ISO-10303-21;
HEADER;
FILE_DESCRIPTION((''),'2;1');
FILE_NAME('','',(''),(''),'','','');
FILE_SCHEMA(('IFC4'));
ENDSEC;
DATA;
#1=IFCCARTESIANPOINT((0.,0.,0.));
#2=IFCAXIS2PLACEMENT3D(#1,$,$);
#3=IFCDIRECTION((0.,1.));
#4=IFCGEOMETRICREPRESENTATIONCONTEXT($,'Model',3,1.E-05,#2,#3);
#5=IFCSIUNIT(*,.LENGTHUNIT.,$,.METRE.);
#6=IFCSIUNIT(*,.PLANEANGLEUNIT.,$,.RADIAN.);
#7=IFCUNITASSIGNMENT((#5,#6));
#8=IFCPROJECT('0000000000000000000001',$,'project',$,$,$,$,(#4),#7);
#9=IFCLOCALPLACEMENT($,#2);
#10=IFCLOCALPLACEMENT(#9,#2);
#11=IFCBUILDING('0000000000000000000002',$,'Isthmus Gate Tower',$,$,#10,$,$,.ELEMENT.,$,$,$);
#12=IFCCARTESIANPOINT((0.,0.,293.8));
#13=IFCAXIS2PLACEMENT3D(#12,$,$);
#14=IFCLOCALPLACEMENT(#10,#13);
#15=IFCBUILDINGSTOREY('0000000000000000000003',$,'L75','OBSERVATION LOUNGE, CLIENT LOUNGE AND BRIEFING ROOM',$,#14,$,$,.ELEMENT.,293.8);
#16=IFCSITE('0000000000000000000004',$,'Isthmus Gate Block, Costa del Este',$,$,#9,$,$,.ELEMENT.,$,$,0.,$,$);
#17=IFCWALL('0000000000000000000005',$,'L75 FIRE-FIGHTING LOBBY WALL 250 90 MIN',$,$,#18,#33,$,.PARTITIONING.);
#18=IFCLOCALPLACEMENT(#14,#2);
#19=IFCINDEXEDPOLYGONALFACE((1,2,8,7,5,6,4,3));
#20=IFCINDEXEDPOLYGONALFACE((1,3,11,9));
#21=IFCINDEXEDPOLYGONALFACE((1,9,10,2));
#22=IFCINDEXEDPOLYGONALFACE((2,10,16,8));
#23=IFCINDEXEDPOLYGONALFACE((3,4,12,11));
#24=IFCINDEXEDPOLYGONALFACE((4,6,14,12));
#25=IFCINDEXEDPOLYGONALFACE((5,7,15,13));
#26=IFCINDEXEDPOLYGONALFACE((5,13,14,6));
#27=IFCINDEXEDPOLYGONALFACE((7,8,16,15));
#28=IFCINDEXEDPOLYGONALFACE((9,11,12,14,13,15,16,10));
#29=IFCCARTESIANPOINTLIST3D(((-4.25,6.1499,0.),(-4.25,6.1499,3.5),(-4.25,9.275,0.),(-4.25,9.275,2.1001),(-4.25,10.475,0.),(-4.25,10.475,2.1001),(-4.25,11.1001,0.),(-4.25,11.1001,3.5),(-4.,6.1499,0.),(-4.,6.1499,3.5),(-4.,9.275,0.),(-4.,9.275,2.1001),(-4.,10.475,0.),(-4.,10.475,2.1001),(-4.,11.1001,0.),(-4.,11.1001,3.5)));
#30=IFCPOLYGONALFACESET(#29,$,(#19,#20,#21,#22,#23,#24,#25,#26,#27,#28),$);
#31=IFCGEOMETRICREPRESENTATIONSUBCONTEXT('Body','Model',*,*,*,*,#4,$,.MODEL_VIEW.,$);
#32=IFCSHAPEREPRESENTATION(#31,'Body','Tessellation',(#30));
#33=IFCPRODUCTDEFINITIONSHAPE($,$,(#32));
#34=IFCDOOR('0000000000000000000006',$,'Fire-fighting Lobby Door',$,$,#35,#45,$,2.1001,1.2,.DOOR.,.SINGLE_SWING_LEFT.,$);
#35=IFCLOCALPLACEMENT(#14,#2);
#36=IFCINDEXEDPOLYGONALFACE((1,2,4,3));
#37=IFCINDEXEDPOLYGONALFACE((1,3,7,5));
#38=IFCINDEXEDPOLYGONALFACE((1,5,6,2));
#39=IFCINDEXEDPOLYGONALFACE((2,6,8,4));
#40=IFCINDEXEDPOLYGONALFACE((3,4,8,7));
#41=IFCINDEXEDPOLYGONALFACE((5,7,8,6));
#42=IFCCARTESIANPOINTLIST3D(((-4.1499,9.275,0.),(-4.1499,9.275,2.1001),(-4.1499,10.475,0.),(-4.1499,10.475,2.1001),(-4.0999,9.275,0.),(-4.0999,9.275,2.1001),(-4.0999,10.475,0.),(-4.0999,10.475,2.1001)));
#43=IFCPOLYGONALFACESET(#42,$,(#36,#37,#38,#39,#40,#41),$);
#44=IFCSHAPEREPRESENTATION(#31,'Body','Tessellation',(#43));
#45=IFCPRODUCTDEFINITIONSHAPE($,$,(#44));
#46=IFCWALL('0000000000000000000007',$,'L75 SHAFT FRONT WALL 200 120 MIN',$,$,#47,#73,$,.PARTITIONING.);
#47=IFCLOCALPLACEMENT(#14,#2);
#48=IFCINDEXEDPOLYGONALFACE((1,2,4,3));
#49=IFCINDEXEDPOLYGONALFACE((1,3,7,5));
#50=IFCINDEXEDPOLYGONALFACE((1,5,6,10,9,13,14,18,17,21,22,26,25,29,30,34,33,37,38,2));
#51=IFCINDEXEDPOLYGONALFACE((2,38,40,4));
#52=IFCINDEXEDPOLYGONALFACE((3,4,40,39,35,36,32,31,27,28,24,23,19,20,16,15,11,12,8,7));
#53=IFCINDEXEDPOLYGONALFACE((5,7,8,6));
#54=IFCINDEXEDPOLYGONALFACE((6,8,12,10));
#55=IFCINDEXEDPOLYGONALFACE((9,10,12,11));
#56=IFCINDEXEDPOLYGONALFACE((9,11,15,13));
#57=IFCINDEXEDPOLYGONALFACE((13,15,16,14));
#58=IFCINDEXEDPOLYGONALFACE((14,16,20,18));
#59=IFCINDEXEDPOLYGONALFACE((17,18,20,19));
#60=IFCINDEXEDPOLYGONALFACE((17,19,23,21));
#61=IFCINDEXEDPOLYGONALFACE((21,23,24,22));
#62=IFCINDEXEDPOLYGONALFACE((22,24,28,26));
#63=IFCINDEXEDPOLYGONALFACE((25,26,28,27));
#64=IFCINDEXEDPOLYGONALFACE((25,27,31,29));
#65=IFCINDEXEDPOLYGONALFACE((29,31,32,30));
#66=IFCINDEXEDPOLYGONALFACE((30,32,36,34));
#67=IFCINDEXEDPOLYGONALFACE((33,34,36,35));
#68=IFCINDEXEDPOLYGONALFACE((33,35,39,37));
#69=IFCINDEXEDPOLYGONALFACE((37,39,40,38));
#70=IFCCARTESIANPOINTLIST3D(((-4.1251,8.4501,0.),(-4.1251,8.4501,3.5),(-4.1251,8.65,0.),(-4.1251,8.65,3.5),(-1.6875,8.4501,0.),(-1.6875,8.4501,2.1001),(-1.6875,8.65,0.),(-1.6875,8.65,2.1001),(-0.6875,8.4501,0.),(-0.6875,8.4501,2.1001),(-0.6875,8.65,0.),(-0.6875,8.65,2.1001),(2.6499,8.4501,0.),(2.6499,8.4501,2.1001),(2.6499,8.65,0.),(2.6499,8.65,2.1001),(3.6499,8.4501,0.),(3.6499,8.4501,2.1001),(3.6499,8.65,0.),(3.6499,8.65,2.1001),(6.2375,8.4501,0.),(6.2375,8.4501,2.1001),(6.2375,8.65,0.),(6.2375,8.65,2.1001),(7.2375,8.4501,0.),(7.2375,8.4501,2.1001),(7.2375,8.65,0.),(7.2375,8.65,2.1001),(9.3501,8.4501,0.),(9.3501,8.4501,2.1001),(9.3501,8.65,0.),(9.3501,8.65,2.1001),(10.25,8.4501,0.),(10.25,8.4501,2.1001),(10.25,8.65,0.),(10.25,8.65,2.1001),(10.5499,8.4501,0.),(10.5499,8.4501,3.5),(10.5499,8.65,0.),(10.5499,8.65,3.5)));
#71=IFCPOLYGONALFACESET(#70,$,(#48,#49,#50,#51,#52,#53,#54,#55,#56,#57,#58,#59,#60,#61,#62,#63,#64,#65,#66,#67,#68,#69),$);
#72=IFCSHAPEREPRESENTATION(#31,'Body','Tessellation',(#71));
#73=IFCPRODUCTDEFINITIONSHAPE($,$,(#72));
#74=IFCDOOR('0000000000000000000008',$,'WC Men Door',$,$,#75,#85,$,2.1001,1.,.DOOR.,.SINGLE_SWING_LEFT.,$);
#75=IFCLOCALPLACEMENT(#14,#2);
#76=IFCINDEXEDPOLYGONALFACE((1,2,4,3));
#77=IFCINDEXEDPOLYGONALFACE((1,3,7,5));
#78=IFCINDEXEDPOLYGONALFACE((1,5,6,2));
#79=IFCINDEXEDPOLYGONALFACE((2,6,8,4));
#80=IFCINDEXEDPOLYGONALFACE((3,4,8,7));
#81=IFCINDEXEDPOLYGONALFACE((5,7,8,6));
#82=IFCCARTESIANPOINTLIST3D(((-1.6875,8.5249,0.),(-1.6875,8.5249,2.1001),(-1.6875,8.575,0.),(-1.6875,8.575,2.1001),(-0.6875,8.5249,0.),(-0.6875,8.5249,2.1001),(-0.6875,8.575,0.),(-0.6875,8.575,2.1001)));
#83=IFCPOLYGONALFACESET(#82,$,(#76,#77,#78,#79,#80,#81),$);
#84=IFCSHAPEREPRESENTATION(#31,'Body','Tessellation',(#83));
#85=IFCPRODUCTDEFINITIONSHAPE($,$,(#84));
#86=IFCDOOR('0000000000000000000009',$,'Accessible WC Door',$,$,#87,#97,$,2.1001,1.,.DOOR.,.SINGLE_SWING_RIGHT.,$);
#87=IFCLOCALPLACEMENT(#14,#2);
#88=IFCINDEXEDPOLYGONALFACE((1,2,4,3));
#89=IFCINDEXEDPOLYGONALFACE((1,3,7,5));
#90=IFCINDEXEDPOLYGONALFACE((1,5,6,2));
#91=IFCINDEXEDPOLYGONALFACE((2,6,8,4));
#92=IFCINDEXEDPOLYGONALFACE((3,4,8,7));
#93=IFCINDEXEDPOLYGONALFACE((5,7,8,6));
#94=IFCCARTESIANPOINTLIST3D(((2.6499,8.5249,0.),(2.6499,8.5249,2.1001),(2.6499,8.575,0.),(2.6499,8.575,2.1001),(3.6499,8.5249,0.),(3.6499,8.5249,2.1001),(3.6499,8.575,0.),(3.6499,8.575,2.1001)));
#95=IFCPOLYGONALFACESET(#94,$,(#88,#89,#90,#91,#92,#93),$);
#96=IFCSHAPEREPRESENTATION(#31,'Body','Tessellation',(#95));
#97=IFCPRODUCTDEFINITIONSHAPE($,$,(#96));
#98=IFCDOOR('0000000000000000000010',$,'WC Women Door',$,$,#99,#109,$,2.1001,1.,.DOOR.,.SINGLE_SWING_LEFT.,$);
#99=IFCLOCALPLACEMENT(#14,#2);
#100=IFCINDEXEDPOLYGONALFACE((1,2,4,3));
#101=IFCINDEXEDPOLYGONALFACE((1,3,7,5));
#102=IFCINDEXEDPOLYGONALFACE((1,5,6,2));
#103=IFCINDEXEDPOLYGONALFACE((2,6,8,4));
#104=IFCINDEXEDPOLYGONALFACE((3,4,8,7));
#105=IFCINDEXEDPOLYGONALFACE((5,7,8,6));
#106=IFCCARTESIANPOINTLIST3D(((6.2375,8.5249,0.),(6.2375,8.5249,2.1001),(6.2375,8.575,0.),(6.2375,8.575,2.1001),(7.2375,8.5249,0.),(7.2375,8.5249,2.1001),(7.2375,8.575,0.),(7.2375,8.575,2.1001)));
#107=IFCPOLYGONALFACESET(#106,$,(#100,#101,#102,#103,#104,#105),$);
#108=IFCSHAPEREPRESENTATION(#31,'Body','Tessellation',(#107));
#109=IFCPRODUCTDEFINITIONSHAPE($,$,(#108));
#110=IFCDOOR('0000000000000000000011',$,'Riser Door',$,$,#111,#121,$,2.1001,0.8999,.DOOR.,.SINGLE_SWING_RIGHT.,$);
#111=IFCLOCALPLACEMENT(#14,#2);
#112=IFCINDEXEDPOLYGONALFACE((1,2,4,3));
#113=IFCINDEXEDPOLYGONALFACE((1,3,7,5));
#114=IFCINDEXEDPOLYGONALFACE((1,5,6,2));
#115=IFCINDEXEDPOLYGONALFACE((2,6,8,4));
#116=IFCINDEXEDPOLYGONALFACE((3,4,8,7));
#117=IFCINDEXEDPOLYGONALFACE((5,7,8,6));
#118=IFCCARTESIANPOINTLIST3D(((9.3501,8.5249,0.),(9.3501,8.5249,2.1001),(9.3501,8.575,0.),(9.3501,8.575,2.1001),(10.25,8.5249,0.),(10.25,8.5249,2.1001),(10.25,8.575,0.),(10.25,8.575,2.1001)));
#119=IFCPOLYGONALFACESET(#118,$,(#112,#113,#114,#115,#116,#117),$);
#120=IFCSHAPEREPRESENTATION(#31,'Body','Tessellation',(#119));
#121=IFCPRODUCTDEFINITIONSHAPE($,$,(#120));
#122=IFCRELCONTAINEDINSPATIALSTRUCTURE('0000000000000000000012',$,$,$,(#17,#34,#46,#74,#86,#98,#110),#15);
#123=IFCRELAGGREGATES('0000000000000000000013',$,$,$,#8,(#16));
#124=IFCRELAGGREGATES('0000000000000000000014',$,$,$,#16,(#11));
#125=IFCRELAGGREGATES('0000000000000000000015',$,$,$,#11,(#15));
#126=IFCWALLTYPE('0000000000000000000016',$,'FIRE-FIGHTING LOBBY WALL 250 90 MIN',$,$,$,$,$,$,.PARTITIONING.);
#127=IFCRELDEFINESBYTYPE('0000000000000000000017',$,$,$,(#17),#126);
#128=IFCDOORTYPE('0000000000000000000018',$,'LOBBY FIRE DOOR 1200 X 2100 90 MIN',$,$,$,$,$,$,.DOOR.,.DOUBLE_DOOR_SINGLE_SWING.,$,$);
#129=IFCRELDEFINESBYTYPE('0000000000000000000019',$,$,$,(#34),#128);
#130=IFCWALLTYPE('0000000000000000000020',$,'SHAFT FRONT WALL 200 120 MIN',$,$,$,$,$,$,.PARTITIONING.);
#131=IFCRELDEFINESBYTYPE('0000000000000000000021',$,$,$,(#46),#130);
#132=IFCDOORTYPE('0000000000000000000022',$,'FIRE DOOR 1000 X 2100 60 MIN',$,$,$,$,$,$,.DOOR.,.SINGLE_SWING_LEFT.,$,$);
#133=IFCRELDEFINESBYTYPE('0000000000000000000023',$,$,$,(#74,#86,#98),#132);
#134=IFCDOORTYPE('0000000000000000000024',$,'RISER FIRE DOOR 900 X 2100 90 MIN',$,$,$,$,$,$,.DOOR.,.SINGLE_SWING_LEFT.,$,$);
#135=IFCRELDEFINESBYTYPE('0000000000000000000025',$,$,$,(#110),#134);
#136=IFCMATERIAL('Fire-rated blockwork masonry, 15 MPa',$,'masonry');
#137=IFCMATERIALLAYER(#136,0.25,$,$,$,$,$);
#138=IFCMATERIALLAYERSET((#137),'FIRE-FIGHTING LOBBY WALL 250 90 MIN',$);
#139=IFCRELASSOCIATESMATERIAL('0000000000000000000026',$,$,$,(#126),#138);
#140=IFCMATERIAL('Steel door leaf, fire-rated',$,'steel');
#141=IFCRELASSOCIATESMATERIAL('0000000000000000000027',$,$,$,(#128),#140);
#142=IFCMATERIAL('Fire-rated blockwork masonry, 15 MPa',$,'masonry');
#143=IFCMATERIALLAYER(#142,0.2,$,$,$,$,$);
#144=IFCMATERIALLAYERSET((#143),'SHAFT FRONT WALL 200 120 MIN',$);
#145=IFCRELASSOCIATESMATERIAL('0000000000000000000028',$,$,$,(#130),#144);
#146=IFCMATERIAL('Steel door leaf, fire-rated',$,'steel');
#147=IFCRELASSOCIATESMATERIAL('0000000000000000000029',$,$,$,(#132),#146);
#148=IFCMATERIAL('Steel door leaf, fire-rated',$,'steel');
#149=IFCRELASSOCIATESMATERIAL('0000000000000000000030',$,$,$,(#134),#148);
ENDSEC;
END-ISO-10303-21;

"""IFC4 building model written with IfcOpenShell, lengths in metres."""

from ifc_helpers import new_model, si_unit, direction, frame, frame_2d, origin, place, context, subcontext, project, spatial, rectangle, extrude, material, layer, layer_set, type_object, element, fill, save


model = new_model("IFC4")

# Units and contexts
model_context = context("Model", 3, precision=1e-05, world=origin(), true_north=direction((0.0, 1.0)))
body_context = subcontext(model_context, "Body", "Model", "MODEL_VIEW")
ifc_project = project(units=[si_unit("LENGTHUNIT", "METRE"), si_unit("PLANEANGLEUNIT", "RADIAN")], contexts=[model_context])

# Site, building, storey
site_placement = place(None, origin())
site = spatial("IfcSite", under=ifc_project, at=site_placement, Name="Isthmus Gate Block, Costa del Este", CompositionType="ELEMENT", RefElevation=0.0)
building_placement = place(site_placement, origin())
building = spatial("IfcBuilding", under=site, at=building_placement, Name="Isthmus Gate Tower", CompositionType="ELEMENT")
storey_placement = place(building_placement, frame((0.0, 0.0, 293.8)))
storey = spatial("IfcBuildingStorey", under=building, at=storey_placement, Name="L75", Description="OBSERVATION LOUNGE, CLIENT LOUNGE AND BRIEFING ROOM", CompositionType="ELEMENT", Elevation=293.8)

# Wall, opening, door
ifc_material_1 = material(Name="Fire-rated blockwork masonry, 15 MPa", Category="masonry")
ifc_layer_1 = layer(ifc_material_1, 0.25)
ifc_layer_set_1 = layer_set([ifc_layer_1], Name="FIRE-FIGHTING LOBBY WALL 250 90 MIN")
wall_type_1 = type_object("IfcWallType", Name="FIRE-FIGHTING LOBBY WALL 250 90 MIN", PredefinedType="PARTITIONING", material=ifc_layer_set_1)
wall_1_placement = place(storey_placement, frame((-4.125, 6.1499, 0.0), z_axis=(0.0, 0.0, 1.0), x_axis=(0.0, 1.0, 0.0)))
wall_1 = element("IfcWall", 1, at=wall_1_placement, inside=storey, type_object=wall_type_1, Name="L75 FIRE-FIGHTING LOBBY WALL 250 90 MIN", PredefinedType="PARTITIONING", context=body_context, shape_type="SweptSolid", body=[
    extrude(rectangle(XDim=4.9502, YDim=0.25, at=frame_2d((2.4751, 0.0))), origin(), (0.0, 0.0, 1.0), 3.5),
])
opening_1_placement = place(wall_1_placement, frame((3.125, 0.0, 0.0)))
opening_1 = element("IfcOpeningElement", 2, at=opening_1_placement, cuts=wall_1, PredefinedType="OPENING", context=body_context, shape_type="SweptSolid", body=[
    extrude(rectangle(XDim=1.2, YDim=2.1001, at=frame_2d((0.6001, 1.05))), frame((0.0, 0.135, 0.0), z_axis=(0.0, -1.0, 0.0), x_axis=(1.0, 0.0, 0.0)), (0.0, 0.0, 1.0), 0.27),
])
ifc_material_2 = material(Name="Steel door leaf, fire-rated", Category="steel")
door_type_1 = type_object("IfcDoorType", Name="LOBBY FIRE DOOR 1200 X 2100 90 MIN", OperationType="DOUBLE_DOOR_SINGLE_SWING", PredefinedType="DOOR", material=ifc_material_2)
door_1_placement = place(opening_1_placement, origin())
door_1 = element("IfcDoor", 3, at=door_1_placement, inside=storey, type_object=door_type_1, Name="Fire-fighting Lobby Door", OperationType="SINGLE_SWING_LEFT", OverallHeight=2.1001, OverallWidth=1.2, PredefinedType="DOOR", context=body_context, shape_type="SweptSolid", body=[
    extrude(rectangle(XDim=1.2, YDim=2.1001, at=frame_2d((0.6001, 1.05))), frame((0.0, 0.0249, 0.0), z_axis=(0.0, -1.0, 0.0), x_axis=(1.0, 0.0, 0.0)), (0.0, 0.0, 1.0), 0.05),
])
fill(opening_1, door_1)

# Wall, openings, doors
ifc_material_3 = material(Name="Fire-rated blockwork masonry, 15 MPa", Category="masonry")
ifc_layer_2 = layer(ifc_material_3, 0.2)
ifc_layer_set_2 = layer_set([ifc_layer_2], Name="SHAFT FRONT WALL 200 120 MIN")
wall_type_2 = type_object("IfcWallType", Name="SHAFT FRONT WALL 200 120 MIN", PredefinedType="PARTITIONING", material=ifc_layer_set_2)
wall_2_placement = place(storey_placement, frame((-4.125, 8.55, 0.0), z_axis=(0.0, 0.0, 1.0), x_axis=(1.0, 0.0, 0.0)))
wall_2 = element("IfcWall", 4, at=wall_2_placement, inside=storey, type_object=wall_type_2, Name="L75 SHAFT FRONT WALL 200 120 MIN", PredefinedType="PARTITIONING", context=body_context, shape_type="SweptSolid", body=[
    extrude(rectangle(XDim=14.675, YDim=0.2, at=frame_2d((7.3374, 0.0))), origin(), (0.0, 0.0, 1.0), 3.5),
])
opening_2_placement = place(wall_2_placement, frame((2.4375, 0.0, 0.0)))
opening_2 = element("IfcOpeningElement", 5, at=opening_2_placement, cuts=wall_2, PredefinedType="OPENING", context=body_context, shape_type="SweptSolid", body=[
    extrude(rectangle(XDim=1.0, YDim=2.1001, at=frame_2d((0.5, 1.05))), frame((0.0, 0.1099, 0.0), z_axis=(0.0, -1.0, 0.0), x_axis=(1.0, 0.0, 0.0)), (0.0, 0.0, 1.0), 0.22),
])
opening_3_placement = place(wall_2_placement, frame((6.7749, 0.0, 0.0)))
opening_3 = element("IfcOpeningElement", 6, at=opening_3_placement, cuts=wall_2, PredefinedType="OPENING", context=body_context, shape_type="SweptSolid", body=[
    extrude(rectangle(XDim=1.0, YDim=2.1001, at=frame_2d((0.5, 1.05))), frame((0.0, 0.1099, 0.0), z_axis=(0.0, -1.0, 0.0), x_axis=(1.0, 0.0, 0.0)), (0.0, 0.0, 1.0), 0.22),
])
opening_4_placement = place(wall_2_placement, frame((10.3625, 0.0, 0.0)))
opening_4 = element("IfcOpeningElement", 7, at=opening_4_placement, cuts=wall_2, PredefinedType="OPENING", context=body_context, shape_type="SweptSolid", body=[
    extrude(rectangle(XDim=1.0, YDim=2.1001, at=frame_2d((0.5, 1.05))), frame((0.0, 0.1099, 0.0), z_axis=(0.0, -1.0, 0.0), x_axis=(1.0, 0.0, 0.0)), (0.0, 0.0, 1.0), 0.22),
])
opening_5_placement = place(wall_2_placement, frame((13.4751, 0.0, 0.0)))
opening_5 = element("IfcOpeningElement", 8, at=opening_5_placement, cuts=wall_2, PredefinedType="OPENING", context=body_context, shape_type="SweptSolid", body=[
    extrude(rectangle(XDim=0.8999, YDim=2.1001, at=frame_2d((0.45, 1.05))), frame((0.0, 0.1099, 0.0), z_axis=(0.0, -1.0, 0.0), x_axis=(1.0, 0.0, 0.0)), (0.0, 0.0, 1.0), 0.22),
])
ifc_material_4 = material(Name="Steel door leaf, fire-rated", Category="steel")
door_type_2 = type_object("IfcDoorType", Name="FIRE DOOR 1000 X 2100 60 MIN", OperationType="SINGLE_SWING_LEFT", PredefinedType="DOOR", material=ifc_material_4)
door_2_placement = place(opening_2_placement, origin())
door_2 = element("IfcDoor", 9, at=door_2_placement, inside=storey, type_object=door_type_2, Name="WC Men Door", OperationType="SINGLE_SWING_LEFT", OverallHeight=2.1001, OverallWidth=1.0, PredefinedType="DOOR", context=body_context, shape_type="SweptSolid", body=[
    extrude(rectangle(XDim=1.0, YDim=2.1001, at=frame_2d((0.5, 1.05))), frame((0.0, 0.0249, 0.0), z_axis=(0.0, -1.0, 0.0), x_axis=(1.0, 0.0, 0.0)), (0.0, 0.0, 1.0), 0.05),
])
fill(opening_2, door_2)
door_3_placement = place(opening_3_placement, origin())
door_3 = element("IfcDoor", 10, at=door_3_placement, inside=storey, type_object=door_type_2, Name="Accessible WC Door", OperationType="SINGLE_SWING_RIGHT", OverallHeight=2.1001, OverallWidth=1.0, PredefinedType="DOOR", context=body_context, shape_type="SweptSolid", body=[
    extrude(rectangle(XDim=1.0, YDim=2.1001, at=frame_2d((0.5, 1.05))), frame((0.0, 0.0249, 0.0), z_axis=(0.0, -1.0, 0.0), x_axis=(1.0, 0.0, 0.0)), (0.0, 0.0, 1.0), 0.05),
])
fill(opening_3, door_3)
door_4_placement = place(opening_4_placement, origin())
door_4 = element("IfcDoor", 11, at=door_4_placement, inside=storey, type_object=door_type_2, Name="WC Women Door", OperationType="SINGLE_SWING_LEFT", OverallHeight=2.1001, OverallWidth=1.0, PredefinedType="DOOR", context=body_context, shape_type="SweptSolid", body=[
    extrude(rectangle(XDim=1.0, YDim=2.1001, at=frame_2d((0.5, 1.05))), frame((0.0, 0.0249, 0.0), z_axis=(0.0, -1.0, 0.0), x_axis=(1.0, 0.0, 0.0)), (0.0, 0.0, 1.0), 0.05),
])
fill(opening_4, door_4)
ifc_material_5 = material(Name="Steel door leaf, fire-rated", Category="steel")
door_type_3 = type_object("IfcDoorType", Name="RISER FIRE DOOR 900 X 2100 90 MIN", OperationType="SINGLE_SWING_LEFT", PredefinedType="DOOR", material=ifc_material_5)
door_5_placement = place(opening_5_placement, origin())
door_5 = element("IfcDoor", 12, at=door_5_placement, inside=storey, type_object=door_type_3, Name="Riser Door", OperationType="SINGLE_SWING_RIGHT", OverallHeight=2.1001, OverallWidth=0.8999, PredefinedType="DOOR", context=body_context, shape_type="SweptSolid", body=[
    extrude(rectangle(XDim=0.8999, YDim=2.1001, at=frame_2d((0.45, 1.05))), frame((0.0, 0.0249, 0.0), z_axis=(0.0, -1.0, 0.0), x_axis=(1.0, 0.0, 0.0)), (0.0, 0.0, 1.0), 0.05),
])
fill(opening_5, door_5)

save(model, "model.ifc")
